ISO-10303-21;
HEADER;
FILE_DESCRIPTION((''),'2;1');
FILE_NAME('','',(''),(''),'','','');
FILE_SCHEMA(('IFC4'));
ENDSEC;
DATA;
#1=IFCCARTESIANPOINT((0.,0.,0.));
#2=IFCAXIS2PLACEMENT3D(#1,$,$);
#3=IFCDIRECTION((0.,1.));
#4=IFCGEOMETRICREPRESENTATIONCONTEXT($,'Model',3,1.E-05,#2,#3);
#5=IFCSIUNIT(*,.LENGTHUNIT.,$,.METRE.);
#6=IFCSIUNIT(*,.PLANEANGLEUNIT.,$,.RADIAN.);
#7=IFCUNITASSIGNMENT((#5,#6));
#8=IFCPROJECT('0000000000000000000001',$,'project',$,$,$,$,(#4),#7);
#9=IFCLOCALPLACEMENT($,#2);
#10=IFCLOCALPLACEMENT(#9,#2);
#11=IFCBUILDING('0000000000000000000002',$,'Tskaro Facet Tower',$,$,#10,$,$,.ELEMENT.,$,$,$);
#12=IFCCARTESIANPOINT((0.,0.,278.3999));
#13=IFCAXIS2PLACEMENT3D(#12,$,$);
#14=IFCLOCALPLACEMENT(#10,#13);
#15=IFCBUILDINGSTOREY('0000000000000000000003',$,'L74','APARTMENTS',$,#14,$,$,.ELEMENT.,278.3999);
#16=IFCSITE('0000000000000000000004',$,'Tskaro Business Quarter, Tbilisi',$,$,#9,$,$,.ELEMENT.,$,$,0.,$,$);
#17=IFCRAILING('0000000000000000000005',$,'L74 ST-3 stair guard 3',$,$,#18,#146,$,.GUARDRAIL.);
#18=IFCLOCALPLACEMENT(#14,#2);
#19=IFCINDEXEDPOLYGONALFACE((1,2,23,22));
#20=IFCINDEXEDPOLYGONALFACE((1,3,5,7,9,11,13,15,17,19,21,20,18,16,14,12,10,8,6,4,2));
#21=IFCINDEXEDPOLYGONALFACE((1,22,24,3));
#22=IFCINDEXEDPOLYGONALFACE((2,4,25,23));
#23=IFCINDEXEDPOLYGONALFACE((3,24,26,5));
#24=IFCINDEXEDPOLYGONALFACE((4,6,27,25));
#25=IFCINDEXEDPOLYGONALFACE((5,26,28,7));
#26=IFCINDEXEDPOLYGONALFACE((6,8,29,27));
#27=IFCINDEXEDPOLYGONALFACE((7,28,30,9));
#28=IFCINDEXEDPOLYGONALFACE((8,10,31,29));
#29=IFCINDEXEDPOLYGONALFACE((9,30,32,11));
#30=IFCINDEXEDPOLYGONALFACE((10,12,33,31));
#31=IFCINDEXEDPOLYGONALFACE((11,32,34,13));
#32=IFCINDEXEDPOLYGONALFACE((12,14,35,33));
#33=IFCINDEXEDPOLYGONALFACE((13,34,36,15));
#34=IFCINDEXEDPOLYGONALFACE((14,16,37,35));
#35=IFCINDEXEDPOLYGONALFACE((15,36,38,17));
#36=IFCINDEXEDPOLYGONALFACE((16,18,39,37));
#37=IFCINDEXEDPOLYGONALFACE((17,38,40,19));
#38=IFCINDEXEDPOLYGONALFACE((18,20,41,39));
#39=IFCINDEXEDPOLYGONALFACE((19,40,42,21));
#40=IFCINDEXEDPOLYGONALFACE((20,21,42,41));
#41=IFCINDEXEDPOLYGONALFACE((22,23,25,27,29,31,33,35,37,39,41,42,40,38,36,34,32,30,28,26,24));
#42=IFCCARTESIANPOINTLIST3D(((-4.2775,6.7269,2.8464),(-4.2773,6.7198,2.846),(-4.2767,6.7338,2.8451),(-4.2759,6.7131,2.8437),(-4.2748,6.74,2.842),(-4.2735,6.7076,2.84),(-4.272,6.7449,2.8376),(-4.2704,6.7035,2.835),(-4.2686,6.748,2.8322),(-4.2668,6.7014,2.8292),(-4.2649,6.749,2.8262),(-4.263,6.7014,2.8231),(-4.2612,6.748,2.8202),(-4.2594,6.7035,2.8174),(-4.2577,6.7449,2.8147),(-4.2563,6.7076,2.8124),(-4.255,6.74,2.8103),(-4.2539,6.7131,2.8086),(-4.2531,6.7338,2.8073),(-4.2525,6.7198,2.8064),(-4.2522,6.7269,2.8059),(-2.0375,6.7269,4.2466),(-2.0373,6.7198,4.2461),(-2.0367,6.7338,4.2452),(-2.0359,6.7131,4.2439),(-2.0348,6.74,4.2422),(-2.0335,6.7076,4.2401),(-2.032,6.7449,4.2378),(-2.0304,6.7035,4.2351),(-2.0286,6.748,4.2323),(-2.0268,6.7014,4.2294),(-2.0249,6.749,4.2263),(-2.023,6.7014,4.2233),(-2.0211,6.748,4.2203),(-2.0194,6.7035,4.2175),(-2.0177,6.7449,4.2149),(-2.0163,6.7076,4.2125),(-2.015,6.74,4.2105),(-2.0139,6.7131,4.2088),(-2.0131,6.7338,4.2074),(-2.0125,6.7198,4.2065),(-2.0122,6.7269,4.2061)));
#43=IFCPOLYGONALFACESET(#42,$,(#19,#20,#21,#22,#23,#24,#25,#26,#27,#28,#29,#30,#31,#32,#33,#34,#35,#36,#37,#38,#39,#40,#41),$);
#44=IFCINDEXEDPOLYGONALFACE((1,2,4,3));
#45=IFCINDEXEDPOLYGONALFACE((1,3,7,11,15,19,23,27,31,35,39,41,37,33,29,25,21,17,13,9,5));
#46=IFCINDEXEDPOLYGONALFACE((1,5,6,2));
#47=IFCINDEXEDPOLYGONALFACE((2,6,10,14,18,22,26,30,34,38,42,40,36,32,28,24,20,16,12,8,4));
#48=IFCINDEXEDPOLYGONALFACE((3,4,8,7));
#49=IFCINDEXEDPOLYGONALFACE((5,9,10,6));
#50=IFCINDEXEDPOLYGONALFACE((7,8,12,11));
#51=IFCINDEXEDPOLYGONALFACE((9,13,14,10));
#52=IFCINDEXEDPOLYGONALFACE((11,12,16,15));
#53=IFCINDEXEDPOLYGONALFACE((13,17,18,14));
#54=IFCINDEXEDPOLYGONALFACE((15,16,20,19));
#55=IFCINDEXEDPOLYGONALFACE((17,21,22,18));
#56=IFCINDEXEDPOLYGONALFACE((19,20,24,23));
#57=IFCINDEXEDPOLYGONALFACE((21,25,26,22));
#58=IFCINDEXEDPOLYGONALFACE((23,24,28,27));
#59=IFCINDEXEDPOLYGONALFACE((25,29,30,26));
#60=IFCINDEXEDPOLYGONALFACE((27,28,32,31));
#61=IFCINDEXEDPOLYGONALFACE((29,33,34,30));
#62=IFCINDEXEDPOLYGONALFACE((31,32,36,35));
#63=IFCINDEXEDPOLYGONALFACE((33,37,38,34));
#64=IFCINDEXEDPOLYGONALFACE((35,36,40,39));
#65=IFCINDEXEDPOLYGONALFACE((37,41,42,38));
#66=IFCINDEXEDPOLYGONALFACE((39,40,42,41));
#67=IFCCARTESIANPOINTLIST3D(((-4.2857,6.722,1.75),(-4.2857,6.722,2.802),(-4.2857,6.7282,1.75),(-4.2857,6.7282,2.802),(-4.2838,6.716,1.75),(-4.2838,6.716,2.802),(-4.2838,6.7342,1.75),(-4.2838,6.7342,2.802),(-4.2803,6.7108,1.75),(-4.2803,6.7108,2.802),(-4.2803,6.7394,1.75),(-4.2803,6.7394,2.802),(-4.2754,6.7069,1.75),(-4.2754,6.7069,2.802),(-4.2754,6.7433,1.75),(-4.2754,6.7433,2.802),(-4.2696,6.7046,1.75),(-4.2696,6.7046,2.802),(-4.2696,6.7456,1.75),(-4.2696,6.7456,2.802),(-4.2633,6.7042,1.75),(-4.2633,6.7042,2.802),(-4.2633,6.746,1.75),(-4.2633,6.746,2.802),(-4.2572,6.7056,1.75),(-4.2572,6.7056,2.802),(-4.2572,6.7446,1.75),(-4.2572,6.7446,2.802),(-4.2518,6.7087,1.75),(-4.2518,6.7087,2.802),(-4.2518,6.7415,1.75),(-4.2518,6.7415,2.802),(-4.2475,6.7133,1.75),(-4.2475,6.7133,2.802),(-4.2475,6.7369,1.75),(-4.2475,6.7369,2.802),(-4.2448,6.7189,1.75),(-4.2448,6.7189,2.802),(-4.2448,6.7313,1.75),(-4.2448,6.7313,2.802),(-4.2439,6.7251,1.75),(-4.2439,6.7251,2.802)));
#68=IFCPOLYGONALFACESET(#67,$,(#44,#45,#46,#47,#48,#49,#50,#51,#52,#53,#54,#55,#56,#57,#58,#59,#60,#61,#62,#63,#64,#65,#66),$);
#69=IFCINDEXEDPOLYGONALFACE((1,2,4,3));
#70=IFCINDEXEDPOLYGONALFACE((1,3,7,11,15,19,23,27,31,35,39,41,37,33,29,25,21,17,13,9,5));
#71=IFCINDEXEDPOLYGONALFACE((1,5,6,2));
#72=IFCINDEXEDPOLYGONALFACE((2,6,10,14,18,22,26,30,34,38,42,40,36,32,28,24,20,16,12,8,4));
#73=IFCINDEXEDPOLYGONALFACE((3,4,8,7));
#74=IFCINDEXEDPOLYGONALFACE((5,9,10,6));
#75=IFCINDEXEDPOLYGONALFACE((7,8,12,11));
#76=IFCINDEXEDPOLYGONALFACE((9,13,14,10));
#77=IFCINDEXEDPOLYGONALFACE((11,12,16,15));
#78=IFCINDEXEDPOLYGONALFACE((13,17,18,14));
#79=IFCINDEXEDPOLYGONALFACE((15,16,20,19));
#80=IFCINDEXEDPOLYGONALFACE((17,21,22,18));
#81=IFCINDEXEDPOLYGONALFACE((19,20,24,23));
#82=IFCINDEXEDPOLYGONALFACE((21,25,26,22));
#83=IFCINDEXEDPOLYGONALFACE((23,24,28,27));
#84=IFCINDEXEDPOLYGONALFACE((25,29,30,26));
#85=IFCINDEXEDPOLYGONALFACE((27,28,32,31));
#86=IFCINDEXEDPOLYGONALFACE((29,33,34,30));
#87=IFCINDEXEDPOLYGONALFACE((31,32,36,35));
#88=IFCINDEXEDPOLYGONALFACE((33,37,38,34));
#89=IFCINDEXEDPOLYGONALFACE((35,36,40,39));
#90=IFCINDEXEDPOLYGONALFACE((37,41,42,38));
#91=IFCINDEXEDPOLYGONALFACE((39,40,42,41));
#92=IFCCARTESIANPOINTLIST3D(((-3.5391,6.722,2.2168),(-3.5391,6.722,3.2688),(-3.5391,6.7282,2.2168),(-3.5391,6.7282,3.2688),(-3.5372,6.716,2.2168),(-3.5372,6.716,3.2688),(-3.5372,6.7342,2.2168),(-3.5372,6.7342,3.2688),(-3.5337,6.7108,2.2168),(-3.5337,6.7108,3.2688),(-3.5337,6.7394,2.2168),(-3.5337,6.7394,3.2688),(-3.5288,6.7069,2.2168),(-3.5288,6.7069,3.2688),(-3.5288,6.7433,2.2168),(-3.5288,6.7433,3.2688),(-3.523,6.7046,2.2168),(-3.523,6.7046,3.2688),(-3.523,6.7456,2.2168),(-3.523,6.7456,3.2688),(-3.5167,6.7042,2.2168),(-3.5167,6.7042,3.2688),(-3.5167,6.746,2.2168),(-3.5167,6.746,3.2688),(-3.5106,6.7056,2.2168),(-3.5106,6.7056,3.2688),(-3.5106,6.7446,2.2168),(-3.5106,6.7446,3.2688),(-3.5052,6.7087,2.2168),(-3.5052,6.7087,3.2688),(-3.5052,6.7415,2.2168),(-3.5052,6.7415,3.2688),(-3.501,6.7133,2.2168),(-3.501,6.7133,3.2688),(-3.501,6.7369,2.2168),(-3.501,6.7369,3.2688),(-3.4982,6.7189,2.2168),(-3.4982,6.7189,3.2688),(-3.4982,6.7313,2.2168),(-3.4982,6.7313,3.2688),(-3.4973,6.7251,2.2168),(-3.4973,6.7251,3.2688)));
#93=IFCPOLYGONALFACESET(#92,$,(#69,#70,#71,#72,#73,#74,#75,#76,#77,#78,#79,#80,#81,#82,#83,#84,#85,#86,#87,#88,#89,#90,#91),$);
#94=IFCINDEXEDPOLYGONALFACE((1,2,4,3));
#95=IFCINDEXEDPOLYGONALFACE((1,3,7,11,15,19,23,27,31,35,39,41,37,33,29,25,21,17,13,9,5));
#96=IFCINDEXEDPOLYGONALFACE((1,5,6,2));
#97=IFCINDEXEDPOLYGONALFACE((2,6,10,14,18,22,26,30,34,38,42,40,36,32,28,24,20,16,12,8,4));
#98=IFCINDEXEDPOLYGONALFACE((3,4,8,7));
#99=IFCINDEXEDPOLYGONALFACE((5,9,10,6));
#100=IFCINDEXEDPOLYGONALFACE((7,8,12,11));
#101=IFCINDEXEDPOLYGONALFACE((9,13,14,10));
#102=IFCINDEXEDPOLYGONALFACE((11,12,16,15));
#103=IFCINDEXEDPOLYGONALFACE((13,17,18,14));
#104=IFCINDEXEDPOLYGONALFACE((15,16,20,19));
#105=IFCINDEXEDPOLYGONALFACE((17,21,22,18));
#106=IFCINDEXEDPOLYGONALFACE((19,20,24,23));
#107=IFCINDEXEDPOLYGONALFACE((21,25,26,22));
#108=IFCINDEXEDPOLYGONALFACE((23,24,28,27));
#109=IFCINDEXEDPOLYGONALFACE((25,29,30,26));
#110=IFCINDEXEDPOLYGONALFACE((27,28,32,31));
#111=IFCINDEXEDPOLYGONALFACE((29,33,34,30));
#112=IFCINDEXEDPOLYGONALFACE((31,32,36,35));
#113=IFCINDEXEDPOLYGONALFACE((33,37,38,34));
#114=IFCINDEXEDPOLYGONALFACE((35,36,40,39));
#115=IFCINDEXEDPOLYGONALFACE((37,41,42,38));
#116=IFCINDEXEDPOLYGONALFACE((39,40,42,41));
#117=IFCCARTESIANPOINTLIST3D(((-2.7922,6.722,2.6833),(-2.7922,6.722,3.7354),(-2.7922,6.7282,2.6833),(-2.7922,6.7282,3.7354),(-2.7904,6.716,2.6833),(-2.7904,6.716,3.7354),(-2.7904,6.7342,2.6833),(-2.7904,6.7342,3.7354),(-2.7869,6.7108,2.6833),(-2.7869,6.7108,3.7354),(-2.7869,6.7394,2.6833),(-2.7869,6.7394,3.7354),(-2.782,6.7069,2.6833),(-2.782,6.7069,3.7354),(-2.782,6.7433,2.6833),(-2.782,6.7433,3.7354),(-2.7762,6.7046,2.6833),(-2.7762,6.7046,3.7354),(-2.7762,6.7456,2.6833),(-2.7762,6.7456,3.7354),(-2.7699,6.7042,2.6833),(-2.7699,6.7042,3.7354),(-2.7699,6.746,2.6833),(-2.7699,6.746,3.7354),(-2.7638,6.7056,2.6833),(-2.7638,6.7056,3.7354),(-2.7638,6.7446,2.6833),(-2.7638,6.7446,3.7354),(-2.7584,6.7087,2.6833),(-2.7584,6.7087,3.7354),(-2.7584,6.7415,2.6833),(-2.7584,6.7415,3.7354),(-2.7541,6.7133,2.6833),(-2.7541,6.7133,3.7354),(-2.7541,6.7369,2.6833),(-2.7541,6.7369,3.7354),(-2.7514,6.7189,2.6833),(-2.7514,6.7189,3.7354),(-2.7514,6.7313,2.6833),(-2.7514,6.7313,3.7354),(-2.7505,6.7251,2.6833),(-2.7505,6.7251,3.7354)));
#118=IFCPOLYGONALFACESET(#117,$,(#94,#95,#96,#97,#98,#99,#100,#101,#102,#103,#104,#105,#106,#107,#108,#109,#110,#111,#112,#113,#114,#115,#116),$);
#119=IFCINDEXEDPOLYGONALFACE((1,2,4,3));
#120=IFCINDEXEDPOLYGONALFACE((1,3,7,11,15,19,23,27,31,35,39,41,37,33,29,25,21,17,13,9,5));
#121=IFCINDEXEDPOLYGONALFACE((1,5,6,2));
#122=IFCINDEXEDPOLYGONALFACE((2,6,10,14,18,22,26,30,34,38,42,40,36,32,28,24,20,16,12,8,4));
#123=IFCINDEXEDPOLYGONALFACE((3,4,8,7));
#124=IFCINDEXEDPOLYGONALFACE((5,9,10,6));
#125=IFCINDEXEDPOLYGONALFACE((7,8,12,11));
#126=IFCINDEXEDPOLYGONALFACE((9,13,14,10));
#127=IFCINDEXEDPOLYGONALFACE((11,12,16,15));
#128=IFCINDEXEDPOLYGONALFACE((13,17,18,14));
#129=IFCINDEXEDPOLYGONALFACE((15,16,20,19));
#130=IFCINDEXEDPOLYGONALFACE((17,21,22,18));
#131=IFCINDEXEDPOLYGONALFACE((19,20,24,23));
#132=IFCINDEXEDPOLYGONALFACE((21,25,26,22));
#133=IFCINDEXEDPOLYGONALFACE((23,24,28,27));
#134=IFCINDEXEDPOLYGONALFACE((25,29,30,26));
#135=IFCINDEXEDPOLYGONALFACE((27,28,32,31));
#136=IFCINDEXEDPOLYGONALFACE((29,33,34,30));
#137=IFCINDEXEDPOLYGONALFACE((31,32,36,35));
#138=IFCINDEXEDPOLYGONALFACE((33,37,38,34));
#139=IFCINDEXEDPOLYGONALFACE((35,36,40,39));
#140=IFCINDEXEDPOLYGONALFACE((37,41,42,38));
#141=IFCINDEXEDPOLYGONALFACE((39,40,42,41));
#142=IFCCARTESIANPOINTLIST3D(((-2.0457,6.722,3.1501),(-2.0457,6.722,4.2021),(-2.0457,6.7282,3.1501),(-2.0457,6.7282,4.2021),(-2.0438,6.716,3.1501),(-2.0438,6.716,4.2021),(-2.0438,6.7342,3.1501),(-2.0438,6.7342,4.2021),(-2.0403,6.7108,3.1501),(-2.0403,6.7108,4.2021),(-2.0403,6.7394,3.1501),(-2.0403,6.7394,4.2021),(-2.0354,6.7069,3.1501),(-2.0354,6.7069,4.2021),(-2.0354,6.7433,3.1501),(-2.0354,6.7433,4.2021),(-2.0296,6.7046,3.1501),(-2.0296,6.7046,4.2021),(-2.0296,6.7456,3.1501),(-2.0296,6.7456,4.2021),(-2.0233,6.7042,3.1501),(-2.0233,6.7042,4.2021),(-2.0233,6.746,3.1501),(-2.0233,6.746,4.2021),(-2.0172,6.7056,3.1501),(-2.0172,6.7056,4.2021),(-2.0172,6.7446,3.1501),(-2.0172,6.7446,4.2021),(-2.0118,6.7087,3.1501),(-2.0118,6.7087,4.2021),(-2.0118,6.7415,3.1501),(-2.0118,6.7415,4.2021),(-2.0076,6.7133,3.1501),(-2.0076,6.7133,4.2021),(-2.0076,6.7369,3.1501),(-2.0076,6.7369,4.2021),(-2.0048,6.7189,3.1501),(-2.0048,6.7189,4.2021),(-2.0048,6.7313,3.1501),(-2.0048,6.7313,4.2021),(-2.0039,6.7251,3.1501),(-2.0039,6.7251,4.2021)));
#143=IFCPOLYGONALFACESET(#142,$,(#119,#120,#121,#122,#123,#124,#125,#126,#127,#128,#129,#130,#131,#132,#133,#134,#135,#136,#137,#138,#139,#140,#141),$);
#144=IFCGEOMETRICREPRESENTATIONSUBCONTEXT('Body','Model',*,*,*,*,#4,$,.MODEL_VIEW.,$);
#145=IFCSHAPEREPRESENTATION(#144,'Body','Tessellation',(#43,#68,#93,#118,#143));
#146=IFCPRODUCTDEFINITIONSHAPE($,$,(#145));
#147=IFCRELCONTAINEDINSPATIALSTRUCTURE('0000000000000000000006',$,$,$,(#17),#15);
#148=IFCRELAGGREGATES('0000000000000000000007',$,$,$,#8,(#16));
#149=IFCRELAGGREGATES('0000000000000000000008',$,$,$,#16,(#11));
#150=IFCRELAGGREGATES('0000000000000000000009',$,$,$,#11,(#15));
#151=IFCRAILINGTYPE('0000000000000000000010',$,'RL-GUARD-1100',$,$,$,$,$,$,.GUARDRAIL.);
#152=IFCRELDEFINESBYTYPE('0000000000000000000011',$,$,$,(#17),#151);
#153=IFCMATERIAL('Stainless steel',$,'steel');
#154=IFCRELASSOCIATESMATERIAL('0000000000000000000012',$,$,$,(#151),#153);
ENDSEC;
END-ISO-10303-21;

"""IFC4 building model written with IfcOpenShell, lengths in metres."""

from ifc_helpers import new_model, si_unit, direction, frame, origin, origin_2d, place, context, subcontext, project, spatial, circle, extrude, material, type_object, element, save


model = new_model("IFC4")

# Units and contexts
model_context = context("Model", 3, precision=1e-05, world=origin(), true_north=direction((0.0, 1.0)))
body_context = subcontext(model_context, "Body", "Model", "MODEL_VIEW")
ifc_project = project(units=[si_unit("LENGTHUNIT", "METRE"), si_unit("PLANEANGLEUNIT", "RADIAN")], contexts=[model_context])

# Site, building, storey
site_placement = place(None, origin())
site = spatial("IfcSite", under=ifc_project, at=site_placement, Name="Tskaro Business Quarter, Tbilisi", CompositionType="ELEMENT", RefElevation=0.0)
building_placement = place(site_placement, origin())
building = spatial("IfcBuilding", under=site, at=building_placement, Name="Tskaro Facet Tower", CompositionType="ELEMENT")
storey_placement = place(building_placement, frame((0.0, 0.0, 278.3999)))
storey = spatial("IfcBuildingStorey", under=building, at=storey_placement, Name="L74", Description="APARTMENTS", CompositionType="ELEMENT", Elevation=278.3999)

# Railing
ifc_material_1 = material(Name="Stainless steel", Category="steel")
railing_type_1 = type_object("IfcRailingType", Name="RL-GUARD-1100", PredefinedType="GUARDRAIL", material=ifc_material_1)
railing_1_placement = place(storey_placement, frame((-4.2649, 6.7251, 1.75)))
element("IfcRailing", 1, at=railing_1_placement, inside=storey, type_object=railing_type_1, Name="L74 ST-3 stair guard 3", PredefinedType="GUARDRAIL", context=body_context, shape_type="SweptSolid", body=[
    extrude(circle(Radius=0.0239, at=origin_2d()), frame((0.0, 0.0, 1.0762), z_axis=(0.847972, 0.0, 0.53004), x_axis=(0.0, 1.0, 0.0)), (0.0, 0.0, 1.0), 2.6416),
    extrude(circle(Radius=0.021, at=origin_2d()), origin(), (0.0, 0.0, 1.0), 1.052),
    extrude(circle(Radius=0.021, at=origin_2d()), frame((0.7466, 0.0, 0.4668)), (0.0, 0.0, 1.0), 1.052),
    extrude(circle(Radius=0.021, at=origin_2d()), frame((1.4934, 0.0, 0.9333)), (0.0, 0.0, 1.0), 1.052),
    extrude(circle(Radius=0.021, at=origin_2d()), frame((2.24, 0.0, 1.4001)), (0.0, 0.0, 1.0), 1.052),
])

save(model, "model.ifc")
